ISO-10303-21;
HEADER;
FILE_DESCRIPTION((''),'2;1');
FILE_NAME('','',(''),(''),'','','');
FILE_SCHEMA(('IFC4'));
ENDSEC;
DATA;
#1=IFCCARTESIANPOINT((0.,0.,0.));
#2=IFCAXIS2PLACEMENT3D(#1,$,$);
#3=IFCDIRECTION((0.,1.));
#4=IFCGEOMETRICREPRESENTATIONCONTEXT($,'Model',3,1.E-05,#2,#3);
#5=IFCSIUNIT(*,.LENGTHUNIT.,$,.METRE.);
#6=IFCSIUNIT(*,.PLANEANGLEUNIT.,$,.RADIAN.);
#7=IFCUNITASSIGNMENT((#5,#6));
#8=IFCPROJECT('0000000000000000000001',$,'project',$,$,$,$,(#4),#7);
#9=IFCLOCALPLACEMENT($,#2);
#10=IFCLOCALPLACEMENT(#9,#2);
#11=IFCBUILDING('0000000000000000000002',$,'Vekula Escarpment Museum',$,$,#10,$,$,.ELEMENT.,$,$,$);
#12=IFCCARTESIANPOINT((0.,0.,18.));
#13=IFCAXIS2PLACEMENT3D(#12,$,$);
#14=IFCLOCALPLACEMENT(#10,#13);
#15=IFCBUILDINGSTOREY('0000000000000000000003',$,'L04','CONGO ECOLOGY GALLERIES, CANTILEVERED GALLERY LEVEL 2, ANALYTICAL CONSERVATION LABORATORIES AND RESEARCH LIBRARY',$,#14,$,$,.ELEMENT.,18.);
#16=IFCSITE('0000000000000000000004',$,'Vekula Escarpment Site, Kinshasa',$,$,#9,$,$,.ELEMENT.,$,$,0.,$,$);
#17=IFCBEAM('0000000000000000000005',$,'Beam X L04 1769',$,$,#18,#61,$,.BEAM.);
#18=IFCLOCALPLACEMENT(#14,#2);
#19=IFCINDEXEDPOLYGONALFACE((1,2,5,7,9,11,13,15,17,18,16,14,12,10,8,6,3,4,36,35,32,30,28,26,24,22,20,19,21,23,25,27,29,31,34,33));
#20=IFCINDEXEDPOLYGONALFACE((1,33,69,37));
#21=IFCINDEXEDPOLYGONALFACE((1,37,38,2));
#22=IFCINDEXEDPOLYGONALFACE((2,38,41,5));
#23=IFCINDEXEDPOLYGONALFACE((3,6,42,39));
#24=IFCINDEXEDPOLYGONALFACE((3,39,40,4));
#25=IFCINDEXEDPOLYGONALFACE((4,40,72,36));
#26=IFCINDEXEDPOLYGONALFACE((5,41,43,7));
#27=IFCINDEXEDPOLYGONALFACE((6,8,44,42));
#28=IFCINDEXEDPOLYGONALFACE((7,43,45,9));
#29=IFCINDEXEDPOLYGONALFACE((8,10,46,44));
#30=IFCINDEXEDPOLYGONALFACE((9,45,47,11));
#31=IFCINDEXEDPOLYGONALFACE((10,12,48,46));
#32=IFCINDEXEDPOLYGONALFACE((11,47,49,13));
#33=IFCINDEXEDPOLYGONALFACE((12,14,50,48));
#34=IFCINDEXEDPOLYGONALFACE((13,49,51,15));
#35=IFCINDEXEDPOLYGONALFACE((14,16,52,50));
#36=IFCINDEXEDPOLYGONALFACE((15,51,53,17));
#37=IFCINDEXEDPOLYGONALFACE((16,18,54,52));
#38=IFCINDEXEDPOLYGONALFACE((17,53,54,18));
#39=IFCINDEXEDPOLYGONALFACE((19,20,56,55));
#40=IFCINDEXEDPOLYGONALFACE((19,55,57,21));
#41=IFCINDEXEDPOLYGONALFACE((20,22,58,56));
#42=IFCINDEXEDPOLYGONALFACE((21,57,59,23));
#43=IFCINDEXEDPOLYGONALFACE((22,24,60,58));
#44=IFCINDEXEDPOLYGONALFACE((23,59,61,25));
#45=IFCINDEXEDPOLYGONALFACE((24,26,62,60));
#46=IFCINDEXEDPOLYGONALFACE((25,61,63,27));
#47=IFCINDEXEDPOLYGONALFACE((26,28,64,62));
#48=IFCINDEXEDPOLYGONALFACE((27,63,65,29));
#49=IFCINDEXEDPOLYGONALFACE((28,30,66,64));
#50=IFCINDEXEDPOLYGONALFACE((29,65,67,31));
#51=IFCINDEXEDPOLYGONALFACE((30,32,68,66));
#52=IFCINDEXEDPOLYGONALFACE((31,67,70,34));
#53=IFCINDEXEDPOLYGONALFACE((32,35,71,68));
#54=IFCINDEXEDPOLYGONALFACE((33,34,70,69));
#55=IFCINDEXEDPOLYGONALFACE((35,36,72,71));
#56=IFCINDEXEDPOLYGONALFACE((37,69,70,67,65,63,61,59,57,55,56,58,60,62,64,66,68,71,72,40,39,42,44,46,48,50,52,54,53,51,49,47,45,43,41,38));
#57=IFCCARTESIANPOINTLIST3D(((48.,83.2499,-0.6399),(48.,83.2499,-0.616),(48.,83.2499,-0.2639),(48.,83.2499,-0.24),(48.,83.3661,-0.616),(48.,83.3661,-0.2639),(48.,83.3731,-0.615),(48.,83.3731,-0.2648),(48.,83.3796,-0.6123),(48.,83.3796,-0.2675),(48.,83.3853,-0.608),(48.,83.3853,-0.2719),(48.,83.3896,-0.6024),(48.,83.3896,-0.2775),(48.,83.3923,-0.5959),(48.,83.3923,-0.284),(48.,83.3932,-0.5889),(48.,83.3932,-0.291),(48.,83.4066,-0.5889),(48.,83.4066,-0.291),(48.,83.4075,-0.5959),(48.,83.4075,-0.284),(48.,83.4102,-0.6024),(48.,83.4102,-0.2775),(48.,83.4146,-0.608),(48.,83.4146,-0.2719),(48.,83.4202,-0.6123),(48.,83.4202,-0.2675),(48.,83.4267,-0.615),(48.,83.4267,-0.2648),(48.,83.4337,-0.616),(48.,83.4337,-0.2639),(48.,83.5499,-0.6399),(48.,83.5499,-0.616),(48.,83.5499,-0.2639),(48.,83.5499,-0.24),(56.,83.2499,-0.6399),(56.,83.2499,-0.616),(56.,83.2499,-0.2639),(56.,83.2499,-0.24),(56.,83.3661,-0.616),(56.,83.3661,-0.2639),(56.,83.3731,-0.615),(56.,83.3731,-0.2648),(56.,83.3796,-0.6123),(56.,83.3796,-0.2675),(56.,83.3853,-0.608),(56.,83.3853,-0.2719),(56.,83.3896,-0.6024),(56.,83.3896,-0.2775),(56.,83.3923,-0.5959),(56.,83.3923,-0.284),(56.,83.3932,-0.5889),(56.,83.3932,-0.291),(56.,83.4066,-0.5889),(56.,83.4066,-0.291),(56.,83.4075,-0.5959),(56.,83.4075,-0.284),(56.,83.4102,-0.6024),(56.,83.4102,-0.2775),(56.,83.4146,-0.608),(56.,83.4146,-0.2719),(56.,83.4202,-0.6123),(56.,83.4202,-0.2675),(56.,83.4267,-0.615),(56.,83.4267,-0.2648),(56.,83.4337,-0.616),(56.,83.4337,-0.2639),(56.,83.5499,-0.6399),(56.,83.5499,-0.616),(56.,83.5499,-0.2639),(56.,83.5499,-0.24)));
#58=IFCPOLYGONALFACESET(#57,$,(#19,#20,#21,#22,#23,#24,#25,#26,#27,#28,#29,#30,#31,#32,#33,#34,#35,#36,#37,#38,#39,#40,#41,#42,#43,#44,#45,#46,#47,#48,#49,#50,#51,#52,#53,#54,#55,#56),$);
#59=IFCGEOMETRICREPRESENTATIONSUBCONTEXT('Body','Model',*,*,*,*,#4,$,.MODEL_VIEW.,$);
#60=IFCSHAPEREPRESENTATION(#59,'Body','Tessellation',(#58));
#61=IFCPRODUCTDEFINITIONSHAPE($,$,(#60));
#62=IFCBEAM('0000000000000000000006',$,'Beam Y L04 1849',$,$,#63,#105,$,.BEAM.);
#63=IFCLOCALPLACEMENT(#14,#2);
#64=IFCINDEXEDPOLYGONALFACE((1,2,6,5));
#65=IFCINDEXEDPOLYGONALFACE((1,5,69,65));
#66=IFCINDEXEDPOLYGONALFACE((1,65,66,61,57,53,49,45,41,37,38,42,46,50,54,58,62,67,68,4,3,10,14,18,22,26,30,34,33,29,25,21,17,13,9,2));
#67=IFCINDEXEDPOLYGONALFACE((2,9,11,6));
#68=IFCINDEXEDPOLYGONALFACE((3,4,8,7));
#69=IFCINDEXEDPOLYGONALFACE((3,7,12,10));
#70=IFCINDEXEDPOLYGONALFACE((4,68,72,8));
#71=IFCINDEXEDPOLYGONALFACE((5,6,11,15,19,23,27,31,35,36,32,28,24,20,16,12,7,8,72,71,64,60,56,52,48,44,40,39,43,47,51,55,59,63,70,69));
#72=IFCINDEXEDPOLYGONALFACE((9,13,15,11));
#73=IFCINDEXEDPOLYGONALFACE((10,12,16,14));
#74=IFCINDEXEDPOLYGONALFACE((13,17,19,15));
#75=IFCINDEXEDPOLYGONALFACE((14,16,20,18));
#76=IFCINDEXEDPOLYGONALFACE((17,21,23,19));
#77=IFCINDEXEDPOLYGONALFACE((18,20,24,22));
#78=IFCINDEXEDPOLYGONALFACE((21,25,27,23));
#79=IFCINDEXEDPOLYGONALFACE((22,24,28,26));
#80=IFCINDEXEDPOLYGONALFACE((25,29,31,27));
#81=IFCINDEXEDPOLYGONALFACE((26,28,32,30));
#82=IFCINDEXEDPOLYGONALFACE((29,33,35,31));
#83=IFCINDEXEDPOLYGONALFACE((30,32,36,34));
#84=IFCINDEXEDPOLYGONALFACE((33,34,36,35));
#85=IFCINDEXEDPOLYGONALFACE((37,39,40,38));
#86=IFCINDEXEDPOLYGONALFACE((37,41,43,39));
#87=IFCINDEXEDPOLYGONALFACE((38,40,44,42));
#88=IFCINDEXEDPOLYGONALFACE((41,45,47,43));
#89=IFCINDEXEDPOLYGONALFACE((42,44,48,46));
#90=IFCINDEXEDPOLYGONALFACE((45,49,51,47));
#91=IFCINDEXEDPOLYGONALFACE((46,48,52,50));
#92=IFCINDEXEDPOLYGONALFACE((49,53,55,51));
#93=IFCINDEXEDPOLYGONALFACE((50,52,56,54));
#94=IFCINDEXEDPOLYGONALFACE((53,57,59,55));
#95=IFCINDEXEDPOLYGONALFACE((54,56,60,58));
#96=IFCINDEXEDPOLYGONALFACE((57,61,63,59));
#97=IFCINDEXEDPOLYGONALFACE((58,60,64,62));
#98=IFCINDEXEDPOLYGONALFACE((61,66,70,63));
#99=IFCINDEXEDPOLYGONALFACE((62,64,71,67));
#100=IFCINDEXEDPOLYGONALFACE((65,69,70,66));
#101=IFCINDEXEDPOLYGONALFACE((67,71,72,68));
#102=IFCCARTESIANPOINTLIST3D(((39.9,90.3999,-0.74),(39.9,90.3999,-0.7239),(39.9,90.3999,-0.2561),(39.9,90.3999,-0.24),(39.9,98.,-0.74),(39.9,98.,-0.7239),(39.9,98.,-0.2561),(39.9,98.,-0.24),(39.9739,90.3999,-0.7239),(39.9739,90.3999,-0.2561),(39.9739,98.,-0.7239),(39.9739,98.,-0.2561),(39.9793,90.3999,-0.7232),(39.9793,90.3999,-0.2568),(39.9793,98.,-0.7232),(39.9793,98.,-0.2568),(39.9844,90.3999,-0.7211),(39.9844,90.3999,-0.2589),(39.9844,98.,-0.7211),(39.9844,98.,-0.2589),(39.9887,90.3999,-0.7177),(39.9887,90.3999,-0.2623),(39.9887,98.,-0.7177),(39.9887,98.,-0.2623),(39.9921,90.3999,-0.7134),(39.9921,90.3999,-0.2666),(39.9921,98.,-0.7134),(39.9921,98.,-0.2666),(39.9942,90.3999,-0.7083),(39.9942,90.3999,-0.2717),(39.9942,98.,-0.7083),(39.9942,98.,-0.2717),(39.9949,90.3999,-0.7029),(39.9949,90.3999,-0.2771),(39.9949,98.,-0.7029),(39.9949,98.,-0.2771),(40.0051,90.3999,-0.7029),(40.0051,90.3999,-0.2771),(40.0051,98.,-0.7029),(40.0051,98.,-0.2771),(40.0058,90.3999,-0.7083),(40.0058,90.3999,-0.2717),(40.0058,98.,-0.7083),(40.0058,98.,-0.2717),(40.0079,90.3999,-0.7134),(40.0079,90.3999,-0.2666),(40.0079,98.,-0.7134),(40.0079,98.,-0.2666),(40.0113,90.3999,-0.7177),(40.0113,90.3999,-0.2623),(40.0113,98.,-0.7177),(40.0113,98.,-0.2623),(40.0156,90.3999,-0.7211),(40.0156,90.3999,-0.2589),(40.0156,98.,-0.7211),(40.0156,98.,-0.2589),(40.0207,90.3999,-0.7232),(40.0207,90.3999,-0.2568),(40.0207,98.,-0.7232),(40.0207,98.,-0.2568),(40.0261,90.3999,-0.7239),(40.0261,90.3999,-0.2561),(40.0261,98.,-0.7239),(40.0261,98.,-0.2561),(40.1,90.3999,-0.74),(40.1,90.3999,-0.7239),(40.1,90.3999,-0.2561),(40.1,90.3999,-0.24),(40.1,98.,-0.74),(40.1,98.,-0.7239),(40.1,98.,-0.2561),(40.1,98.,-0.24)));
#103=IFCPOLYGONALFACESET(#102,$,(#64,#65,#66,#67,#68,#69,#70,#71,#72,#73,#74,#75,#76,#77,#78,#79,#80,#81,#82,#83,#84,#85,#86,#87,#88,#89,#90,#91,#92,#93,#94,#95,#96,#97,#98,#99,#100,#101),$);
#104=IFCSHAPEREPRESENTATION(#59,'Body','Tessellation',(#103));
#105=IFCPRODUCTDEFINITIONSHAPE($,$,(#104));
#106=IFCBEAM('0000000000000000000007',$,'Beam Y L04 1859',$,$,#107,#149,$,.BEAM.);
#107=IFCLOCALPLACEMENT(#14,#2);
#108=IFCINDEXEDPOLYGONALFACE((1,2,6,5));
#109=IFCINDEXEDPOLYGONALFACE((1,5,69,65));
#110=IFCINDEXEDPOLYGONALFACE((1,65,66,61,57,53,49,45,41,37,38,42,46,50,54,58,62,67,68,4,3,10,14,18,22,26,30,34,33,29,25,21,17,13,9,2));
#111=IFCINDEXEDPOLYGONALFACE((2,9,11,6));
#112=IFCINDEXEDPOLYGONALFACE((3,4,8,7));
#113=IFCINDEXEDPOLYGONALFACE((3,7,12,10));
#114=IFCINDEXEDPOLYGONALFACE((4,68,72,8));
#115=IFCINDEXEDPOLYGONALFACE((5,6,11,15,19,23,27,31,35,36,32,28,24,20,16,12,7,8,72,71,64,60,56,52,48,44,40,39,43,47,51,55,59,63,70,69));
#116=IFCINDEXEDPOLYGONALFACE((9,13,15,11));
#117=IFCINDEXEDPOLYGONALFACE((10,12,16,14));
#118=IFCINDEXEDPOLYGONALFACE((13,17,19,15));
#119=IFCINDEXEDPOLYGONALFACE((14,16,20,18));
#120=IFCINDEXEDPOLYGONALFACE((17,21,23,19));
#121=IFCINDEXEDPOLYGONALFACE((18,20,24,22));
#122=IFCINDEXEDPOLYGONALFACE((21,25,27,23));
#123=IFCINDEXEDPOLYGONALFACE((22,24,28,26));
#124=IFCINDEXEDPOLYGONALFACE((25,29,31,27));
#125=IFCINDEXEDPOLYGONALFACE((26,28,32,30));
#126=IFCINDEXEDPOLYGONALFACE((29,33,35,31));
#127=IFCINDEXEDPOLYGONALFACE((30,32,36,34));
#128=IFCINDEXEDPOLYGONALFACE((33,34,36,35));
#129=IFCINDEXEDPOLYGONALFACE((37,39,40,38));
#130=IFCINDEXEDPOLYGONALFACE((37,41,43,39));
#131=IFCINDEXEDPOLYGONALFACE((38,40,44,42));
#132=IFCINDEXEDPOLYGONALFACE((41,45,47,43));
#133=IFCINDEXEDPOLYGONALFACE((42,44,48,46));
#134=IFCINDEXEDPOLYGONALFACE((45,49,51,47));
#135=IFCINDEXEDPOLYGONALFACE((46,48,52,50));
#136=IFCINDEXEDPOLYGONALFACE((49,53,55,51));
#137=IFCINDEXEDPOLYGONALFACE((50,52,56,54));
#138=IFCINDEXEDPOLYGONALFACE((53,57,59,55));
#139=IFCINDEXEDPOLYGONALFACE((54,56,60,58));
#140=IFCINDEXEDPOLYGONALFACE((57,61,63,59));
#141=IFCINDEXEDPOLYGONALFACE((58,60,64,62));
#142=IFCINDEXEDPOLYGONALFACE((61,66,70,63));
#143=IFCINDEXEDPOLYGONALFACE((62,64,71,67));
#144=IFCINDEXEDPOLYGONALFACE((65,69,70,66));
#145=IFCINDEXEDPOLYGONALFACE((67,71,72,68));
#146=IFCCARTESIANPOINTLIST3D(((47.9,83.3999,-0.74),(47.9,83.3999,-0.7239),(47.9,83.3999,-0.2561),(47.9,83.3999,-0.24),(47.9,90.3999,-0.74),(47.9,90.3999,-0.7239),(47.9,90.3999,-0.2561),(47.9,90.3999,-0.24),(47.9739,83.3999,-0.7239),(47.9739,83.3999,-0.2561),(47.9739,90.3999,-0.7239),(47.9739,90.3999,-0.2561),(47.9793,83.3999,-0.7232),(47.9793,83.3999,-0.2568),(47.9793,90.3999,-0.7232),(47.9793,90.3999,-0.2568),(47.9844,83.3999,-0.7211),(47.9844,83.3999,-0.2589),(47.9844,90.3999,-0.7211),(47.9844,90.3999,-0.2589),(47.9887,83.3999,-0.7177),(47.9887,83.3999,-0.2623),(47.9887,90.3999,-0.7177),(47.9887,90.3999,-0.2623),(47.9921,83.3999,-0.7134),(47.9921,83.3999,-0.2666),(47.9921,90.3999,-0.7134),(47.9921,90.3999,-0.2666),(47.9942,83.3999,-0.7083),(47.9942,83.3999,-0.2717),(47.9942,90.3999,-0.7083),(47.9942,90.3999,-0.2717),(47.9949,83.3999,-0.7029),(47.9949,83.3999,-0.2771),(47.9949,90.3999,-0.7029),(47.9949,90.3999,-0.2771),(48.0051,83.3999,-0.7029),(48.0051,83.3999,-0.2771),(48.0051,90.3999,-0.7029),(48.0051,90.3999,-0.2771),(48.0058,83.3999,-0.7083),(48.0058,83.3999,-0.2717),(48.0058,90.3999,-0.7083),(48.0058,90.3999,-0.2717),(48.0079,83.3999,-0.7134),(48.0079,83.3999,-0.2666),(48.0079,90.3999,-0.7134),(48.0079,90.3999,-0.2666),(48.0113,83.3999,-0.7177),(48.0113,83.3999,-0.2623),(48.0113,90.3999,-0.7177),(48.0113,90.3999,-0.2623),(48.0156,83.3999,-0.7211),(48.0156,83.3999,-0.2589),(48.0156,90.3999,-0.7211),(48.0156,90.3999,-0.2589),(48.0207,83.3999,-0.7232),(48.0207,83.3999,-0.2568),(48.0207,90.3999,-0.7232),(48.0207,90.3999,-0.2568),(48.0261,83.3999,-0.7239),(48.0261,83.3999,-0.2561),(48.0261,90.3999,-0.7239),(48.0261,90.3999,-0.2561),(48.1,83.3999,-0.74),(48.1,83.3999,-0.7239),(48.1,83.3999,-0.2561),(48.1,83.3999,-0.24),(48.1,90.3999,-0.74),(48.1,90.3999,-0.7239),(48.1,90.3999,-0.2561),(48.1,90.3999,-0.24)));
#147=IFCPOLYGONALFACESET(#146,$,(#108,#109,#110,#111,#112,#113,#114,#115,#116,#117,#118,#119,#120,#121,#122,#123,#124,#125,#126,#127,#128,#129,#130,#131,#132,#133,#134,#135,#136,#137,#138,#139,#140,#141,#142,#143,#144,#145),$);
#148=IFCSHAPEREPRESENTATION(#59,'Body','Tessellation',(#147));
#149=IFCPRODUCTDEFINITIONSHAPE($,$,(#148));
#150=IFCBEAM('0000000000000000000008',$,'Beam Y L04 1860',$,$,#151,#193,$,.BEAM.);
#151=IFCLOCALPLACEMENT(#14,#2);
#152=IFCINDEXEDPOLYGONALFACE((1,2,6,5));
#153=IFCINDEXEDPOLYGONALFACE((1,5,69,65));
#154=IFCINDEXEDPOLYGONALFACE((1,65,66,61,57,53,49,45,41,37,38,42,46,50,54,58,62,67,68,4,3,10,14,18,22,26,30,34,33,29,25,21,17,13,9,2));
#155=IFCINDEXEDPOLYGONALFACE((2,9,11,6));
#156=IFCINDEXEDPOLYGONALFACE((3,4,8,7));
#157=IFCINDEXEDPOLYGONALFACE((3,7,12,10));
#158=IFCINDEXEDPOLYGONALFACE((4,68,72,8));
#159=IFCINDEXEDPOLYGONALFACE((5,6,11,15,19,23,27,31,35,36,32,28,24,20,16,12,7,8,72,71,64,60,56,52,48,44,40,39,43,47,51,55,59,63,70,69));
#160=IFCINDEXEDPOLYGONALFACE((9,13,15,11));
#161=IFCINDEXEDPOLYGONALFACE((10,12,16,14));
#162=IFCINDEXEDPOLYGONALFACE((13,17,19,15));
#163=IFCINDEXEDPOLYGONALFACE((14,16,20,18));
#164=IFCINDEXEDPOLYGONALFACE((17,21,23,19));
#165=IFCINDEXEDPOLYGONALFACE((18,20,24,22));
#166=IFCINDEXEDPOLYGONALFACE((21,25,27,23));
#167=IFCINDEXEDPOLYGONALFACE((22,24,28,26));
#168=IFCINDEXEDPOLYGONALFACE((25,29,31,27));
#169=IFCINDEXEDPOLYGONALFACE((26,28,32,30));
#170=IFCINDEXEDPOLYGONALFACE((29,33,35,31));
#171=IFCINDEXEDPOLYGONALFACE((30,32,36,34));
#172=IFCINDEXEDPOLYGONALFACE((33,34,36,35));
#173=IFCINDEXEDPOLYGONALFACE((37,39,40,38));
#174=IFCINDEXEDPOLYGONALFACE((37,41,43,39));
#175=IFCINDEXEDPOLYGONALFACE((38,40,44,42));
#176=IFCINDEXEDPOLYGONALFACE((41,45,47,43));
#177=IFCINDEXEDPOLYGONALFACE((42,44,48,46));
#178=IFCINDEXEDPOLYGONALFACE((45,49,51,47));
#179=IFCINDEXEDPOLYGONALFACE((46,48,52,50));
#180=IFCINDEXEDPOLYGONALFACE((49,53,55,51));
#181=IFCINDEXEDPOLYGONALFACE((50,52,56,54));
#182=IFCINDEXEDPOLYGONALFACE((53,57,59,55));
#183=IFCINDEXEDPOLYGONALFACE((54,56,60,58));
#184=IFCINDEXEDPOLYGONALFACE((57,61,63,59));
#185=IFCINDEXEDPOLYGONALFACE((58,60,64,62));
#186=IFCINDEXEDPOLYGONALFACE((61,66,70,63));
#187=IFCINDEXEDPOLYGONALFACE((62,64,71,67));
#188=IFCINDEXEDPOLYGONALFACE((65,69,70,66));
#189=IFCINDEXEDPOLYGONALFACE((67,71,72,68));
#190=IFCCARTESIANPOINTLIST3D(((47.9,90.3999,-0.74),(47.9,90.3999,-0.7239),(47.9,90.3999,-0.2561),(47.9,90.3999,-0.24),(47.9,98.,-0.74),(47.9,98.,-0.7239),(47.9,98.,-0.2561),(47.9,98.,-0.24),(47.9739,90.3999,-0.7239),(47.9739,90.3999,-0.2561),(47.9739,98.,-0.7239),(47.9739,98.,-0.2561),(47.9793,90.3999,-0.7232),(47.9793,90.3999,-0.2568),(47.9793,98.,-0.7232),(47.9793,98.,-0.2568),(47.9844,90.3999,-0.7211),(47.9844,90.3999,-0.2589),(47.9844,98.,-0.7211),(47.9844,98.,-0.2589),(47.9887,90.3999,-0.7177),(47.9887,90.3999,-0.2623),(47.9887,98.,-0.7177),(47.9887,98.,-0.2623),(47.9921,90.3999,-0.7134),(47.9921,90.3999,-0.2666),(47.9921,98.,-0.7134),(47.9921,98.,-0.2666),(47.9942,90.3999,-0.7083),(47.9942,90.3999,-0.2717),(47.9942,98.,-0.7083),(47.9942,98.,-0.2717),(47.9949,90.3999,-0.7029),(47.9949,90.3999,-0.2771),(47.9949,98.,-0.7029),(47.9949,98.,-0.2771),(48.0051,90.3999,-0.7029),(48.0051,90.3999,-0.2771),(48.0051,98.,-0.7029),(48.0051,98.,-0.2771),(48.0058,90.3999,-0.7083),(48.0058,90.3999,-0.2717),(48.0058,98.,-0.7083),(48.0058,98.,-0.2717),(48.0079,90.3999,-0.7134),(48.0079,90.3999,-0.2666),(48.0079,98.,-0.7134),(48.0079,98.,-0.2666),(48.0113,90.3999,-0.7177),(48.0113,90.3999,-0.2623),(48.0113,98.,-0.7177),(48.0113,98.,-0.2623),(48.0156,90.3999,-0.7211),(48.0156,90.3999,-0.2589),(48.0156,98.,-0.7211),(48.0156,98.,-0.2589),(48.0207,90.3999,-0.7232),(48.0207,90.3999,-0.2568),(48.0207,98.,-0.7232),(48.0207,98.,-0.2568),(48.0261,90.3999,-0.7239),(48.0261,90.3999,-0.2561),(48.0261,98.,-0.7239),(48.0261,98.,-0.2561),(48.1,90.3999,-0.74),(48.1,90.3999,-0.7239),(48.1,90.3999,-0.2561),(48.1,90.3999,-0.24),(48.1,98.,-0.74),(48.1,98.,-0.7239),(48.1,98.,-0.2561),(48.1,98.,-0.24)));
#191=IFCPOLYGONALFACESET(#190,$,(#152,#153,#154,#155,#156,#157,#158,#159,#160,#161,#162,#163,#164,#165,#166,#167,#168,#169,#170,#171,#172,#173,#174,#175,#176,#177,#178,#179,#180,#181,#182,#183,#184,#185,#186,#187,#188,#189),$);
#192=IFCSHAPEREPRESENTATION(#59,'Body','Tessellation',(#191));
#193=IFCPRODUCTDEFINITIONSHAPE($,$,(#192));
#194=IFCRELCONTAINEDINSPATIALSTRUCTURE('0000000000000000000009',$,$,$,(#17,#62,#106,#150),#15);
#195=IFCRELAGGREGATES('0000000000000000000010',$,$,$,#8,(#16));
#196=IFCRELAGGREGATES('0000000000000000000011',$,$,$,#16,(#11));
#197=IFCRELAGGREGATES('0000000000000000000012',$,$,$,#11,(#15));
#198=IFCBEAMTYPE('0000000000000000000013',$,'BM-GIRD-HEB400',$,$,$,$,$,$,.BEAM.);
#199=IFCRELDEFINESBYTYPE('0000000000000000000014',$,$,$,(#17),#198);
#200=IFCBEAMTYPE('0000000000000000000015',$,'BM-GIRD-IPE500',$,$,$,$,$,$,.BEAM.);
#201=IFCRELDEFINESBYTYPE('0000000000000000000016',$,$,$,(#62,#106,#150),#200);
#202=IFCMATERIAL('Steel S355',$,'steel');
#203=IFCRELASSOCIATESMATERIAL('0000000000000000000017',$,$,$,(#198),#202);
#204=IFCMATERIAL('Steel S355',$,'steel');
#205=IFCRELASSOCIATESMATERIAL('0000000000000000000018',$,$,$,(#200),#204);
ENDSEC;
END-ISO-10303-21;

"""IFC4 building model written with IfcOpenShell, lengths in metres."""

from ifc_helpers import new_model, si_unit, direction, frame, origin, origin_2d, place, context, subcontext, project, spatial, i_section, extrude, material, material_profile, profile_set, type_object, element, save


model = new_model("IFC4")

# Units and contexts
model_context = context("Model", 3, precision=1e-05, world=origin(), true_north=direction((0.0, 1.0)))
body_context = subcontext(model_context, "Body", "Model", "MODEL_VIEW")
ifc_project = project(units=[si_unit("LENGTHUNIT", "METRE"), si_unit("PLANEANGLEUNIT", "RADIAN")], contexts=[model_context])

# Site, building, storey
site_placement = place(None, origin())
site = spatial("IfcSite", under=ifc_project, at=site_placement, Name="Vekula Escarpment Site, Kinshasa", CompositionType="ELEMENT", RefElevation=0.0)
building_placement = place(site_placement, origin())
building = spatial("IfcBuilding", under=site, at=building_placement, Name="Vekula Escarpment Museum", CompositionType="ELEMENT")
storey_placement = place(building_placement, frame((0.0, 0.0, 18.0)))
storey = spatial("IfcBuildingStorey", under=building, at=storey_placement, Name="L04", Description="CONGO ECOLOGY GALLERIES, CANTILEVERED GALLERY LEVEL 2, ANALYTICAL CONSERVATION LABORATORIES AND RESEARCH LIBRARY", CompositionType="ELEMENT", Elevation=18.0)

# Beams
ifc_material_1 = material(Name="Steel S355", Category="steel")
ifc_material_profile_1 = material_profile(ifc_material_1, i_section(OverallWidth=0.3, OverallDepth=0.3999, WebThickness=0.0134, FlangeThickness=0.0239, FilletRadius=0.0271, at=origin_2d()), Name="HEB 400")
ifc_profile_set_1 = profile_set([ifc_material_profile_1], Name="Steel S355")
beam_type_1 = type_object("IfcBeamType", Name="BM-GIRD-HEB400", PredefinedType="BEAM", material=ifc_profile_set_1)
beam_1_placement = place(storey_placement, frame((48.0, 83.3999, -0.4399), z_axis=(1.0, 0.0, 0.0), x_axis=(0.0, 1.0, 0.0)))
element("IfcBeam", 1, at=beam_1_placement, inside=storey, type_object=beam_type_1, Name="Beam X L04 1769", PredefinedType="BEAM", context=body_context, shape_type="SweptSolid", body=[
    extrude(i_section(OverallWidth=0.3, OverallDepth=0.3999, WebThickness=0.0134, FlangeThickness=0.0239, FilletRadius=0.0271, at=origin_2d()), origin(), (0.0, 0.0, 1.0), 8.0),
])
ifc_material_2 = material(Name="Steel S355", Category="steel")
ifc_material_profile_2 = material_profile(ifc_material_2, i_section(OverallWidth=0.2, OverallDepth=0.5, WebThickness=0.0103, FlangeThickness=0.0161, FilletRadius=0.021, at=origin_2d()), Name="IPE 500")
ifc_profile_set_2 = profile_set([ifc_material_profile_2], Name="Steel S355")
beam_type_2 = type_object("IfcBeamType", Name="BM-GIRD-IPE500", PredefinedType="BEAM", material=ifc_profile_set_2)
beam_2_placement = place(storey_placement, frame((40.0, 90.3999, -0.49), z_axis=(0.0, 1.0, 0.0), x_axis=(-1.0, 0.0, 0.0)))
element("IfcBeam", 2, at=beam_2_placement, inside=storey, type_object=beam_type_2, Name="Beam Y L04 1849", PredefinedType="BEAM", context=body_context, shape_type="SweptSolid", body=[
    extrude(i_section(OverallWidth=0.2, OverallDepth=0.5, WebThickness=0.0103, FlangeThickness=0.0161, FilletRadius=0.021, at=origin_2d()), origin(), (0.0, 0.0, 1.0), 7.6001),
])
beam_3_placement = place(storey_placement, frame((48.0, 83.3999, -0.49), z_axis=(0.0, 1.0, 0.0), x_axis=(-1.0, 0.0, 0.0)))
element("IfcBeam", 3, at=beam_3_placement, inside=storey, type_object=beam_type_2, Name="Beam Y L04 1859", PredefinedType="BEAM", context=body_context, shape_type="SweptSolid", body=[
    extrude(i_section(OverallWidth=0.2, OverallDepth=0.5, WebThickness=0.0103, FlangeThickness=0.0161, FilletRadius=0.021, at=origin_2d()), origin(), (0.0, 0.0, 1.0), 7.0),
])
beam_4_placement = place(storey_placement, frame((48.0, 90.3999, -0.49), z_axis=(0.0, 1.0, 0.0), x_axis=(-1.0, 0.0, 0.0)))
element("IfcBeam", 4, at=beam_4_placement, inside=storey, type_object=beam_type_2, Name="Beam Y L04 1860", PredefinedType="BEAM", context=body_context, shape_type="SweptSolid", body=[
    extrude(i_section(OverallWidth=0.2, OverallDepth=0.5, WebThickness=0.0103, FlangeThickness=0.0161, FilletRadius=0.021, at=origin_2d()), origin(), (0.0, 0.0, 1.0), 7.6001),
])

save(model, "model.ifc")
